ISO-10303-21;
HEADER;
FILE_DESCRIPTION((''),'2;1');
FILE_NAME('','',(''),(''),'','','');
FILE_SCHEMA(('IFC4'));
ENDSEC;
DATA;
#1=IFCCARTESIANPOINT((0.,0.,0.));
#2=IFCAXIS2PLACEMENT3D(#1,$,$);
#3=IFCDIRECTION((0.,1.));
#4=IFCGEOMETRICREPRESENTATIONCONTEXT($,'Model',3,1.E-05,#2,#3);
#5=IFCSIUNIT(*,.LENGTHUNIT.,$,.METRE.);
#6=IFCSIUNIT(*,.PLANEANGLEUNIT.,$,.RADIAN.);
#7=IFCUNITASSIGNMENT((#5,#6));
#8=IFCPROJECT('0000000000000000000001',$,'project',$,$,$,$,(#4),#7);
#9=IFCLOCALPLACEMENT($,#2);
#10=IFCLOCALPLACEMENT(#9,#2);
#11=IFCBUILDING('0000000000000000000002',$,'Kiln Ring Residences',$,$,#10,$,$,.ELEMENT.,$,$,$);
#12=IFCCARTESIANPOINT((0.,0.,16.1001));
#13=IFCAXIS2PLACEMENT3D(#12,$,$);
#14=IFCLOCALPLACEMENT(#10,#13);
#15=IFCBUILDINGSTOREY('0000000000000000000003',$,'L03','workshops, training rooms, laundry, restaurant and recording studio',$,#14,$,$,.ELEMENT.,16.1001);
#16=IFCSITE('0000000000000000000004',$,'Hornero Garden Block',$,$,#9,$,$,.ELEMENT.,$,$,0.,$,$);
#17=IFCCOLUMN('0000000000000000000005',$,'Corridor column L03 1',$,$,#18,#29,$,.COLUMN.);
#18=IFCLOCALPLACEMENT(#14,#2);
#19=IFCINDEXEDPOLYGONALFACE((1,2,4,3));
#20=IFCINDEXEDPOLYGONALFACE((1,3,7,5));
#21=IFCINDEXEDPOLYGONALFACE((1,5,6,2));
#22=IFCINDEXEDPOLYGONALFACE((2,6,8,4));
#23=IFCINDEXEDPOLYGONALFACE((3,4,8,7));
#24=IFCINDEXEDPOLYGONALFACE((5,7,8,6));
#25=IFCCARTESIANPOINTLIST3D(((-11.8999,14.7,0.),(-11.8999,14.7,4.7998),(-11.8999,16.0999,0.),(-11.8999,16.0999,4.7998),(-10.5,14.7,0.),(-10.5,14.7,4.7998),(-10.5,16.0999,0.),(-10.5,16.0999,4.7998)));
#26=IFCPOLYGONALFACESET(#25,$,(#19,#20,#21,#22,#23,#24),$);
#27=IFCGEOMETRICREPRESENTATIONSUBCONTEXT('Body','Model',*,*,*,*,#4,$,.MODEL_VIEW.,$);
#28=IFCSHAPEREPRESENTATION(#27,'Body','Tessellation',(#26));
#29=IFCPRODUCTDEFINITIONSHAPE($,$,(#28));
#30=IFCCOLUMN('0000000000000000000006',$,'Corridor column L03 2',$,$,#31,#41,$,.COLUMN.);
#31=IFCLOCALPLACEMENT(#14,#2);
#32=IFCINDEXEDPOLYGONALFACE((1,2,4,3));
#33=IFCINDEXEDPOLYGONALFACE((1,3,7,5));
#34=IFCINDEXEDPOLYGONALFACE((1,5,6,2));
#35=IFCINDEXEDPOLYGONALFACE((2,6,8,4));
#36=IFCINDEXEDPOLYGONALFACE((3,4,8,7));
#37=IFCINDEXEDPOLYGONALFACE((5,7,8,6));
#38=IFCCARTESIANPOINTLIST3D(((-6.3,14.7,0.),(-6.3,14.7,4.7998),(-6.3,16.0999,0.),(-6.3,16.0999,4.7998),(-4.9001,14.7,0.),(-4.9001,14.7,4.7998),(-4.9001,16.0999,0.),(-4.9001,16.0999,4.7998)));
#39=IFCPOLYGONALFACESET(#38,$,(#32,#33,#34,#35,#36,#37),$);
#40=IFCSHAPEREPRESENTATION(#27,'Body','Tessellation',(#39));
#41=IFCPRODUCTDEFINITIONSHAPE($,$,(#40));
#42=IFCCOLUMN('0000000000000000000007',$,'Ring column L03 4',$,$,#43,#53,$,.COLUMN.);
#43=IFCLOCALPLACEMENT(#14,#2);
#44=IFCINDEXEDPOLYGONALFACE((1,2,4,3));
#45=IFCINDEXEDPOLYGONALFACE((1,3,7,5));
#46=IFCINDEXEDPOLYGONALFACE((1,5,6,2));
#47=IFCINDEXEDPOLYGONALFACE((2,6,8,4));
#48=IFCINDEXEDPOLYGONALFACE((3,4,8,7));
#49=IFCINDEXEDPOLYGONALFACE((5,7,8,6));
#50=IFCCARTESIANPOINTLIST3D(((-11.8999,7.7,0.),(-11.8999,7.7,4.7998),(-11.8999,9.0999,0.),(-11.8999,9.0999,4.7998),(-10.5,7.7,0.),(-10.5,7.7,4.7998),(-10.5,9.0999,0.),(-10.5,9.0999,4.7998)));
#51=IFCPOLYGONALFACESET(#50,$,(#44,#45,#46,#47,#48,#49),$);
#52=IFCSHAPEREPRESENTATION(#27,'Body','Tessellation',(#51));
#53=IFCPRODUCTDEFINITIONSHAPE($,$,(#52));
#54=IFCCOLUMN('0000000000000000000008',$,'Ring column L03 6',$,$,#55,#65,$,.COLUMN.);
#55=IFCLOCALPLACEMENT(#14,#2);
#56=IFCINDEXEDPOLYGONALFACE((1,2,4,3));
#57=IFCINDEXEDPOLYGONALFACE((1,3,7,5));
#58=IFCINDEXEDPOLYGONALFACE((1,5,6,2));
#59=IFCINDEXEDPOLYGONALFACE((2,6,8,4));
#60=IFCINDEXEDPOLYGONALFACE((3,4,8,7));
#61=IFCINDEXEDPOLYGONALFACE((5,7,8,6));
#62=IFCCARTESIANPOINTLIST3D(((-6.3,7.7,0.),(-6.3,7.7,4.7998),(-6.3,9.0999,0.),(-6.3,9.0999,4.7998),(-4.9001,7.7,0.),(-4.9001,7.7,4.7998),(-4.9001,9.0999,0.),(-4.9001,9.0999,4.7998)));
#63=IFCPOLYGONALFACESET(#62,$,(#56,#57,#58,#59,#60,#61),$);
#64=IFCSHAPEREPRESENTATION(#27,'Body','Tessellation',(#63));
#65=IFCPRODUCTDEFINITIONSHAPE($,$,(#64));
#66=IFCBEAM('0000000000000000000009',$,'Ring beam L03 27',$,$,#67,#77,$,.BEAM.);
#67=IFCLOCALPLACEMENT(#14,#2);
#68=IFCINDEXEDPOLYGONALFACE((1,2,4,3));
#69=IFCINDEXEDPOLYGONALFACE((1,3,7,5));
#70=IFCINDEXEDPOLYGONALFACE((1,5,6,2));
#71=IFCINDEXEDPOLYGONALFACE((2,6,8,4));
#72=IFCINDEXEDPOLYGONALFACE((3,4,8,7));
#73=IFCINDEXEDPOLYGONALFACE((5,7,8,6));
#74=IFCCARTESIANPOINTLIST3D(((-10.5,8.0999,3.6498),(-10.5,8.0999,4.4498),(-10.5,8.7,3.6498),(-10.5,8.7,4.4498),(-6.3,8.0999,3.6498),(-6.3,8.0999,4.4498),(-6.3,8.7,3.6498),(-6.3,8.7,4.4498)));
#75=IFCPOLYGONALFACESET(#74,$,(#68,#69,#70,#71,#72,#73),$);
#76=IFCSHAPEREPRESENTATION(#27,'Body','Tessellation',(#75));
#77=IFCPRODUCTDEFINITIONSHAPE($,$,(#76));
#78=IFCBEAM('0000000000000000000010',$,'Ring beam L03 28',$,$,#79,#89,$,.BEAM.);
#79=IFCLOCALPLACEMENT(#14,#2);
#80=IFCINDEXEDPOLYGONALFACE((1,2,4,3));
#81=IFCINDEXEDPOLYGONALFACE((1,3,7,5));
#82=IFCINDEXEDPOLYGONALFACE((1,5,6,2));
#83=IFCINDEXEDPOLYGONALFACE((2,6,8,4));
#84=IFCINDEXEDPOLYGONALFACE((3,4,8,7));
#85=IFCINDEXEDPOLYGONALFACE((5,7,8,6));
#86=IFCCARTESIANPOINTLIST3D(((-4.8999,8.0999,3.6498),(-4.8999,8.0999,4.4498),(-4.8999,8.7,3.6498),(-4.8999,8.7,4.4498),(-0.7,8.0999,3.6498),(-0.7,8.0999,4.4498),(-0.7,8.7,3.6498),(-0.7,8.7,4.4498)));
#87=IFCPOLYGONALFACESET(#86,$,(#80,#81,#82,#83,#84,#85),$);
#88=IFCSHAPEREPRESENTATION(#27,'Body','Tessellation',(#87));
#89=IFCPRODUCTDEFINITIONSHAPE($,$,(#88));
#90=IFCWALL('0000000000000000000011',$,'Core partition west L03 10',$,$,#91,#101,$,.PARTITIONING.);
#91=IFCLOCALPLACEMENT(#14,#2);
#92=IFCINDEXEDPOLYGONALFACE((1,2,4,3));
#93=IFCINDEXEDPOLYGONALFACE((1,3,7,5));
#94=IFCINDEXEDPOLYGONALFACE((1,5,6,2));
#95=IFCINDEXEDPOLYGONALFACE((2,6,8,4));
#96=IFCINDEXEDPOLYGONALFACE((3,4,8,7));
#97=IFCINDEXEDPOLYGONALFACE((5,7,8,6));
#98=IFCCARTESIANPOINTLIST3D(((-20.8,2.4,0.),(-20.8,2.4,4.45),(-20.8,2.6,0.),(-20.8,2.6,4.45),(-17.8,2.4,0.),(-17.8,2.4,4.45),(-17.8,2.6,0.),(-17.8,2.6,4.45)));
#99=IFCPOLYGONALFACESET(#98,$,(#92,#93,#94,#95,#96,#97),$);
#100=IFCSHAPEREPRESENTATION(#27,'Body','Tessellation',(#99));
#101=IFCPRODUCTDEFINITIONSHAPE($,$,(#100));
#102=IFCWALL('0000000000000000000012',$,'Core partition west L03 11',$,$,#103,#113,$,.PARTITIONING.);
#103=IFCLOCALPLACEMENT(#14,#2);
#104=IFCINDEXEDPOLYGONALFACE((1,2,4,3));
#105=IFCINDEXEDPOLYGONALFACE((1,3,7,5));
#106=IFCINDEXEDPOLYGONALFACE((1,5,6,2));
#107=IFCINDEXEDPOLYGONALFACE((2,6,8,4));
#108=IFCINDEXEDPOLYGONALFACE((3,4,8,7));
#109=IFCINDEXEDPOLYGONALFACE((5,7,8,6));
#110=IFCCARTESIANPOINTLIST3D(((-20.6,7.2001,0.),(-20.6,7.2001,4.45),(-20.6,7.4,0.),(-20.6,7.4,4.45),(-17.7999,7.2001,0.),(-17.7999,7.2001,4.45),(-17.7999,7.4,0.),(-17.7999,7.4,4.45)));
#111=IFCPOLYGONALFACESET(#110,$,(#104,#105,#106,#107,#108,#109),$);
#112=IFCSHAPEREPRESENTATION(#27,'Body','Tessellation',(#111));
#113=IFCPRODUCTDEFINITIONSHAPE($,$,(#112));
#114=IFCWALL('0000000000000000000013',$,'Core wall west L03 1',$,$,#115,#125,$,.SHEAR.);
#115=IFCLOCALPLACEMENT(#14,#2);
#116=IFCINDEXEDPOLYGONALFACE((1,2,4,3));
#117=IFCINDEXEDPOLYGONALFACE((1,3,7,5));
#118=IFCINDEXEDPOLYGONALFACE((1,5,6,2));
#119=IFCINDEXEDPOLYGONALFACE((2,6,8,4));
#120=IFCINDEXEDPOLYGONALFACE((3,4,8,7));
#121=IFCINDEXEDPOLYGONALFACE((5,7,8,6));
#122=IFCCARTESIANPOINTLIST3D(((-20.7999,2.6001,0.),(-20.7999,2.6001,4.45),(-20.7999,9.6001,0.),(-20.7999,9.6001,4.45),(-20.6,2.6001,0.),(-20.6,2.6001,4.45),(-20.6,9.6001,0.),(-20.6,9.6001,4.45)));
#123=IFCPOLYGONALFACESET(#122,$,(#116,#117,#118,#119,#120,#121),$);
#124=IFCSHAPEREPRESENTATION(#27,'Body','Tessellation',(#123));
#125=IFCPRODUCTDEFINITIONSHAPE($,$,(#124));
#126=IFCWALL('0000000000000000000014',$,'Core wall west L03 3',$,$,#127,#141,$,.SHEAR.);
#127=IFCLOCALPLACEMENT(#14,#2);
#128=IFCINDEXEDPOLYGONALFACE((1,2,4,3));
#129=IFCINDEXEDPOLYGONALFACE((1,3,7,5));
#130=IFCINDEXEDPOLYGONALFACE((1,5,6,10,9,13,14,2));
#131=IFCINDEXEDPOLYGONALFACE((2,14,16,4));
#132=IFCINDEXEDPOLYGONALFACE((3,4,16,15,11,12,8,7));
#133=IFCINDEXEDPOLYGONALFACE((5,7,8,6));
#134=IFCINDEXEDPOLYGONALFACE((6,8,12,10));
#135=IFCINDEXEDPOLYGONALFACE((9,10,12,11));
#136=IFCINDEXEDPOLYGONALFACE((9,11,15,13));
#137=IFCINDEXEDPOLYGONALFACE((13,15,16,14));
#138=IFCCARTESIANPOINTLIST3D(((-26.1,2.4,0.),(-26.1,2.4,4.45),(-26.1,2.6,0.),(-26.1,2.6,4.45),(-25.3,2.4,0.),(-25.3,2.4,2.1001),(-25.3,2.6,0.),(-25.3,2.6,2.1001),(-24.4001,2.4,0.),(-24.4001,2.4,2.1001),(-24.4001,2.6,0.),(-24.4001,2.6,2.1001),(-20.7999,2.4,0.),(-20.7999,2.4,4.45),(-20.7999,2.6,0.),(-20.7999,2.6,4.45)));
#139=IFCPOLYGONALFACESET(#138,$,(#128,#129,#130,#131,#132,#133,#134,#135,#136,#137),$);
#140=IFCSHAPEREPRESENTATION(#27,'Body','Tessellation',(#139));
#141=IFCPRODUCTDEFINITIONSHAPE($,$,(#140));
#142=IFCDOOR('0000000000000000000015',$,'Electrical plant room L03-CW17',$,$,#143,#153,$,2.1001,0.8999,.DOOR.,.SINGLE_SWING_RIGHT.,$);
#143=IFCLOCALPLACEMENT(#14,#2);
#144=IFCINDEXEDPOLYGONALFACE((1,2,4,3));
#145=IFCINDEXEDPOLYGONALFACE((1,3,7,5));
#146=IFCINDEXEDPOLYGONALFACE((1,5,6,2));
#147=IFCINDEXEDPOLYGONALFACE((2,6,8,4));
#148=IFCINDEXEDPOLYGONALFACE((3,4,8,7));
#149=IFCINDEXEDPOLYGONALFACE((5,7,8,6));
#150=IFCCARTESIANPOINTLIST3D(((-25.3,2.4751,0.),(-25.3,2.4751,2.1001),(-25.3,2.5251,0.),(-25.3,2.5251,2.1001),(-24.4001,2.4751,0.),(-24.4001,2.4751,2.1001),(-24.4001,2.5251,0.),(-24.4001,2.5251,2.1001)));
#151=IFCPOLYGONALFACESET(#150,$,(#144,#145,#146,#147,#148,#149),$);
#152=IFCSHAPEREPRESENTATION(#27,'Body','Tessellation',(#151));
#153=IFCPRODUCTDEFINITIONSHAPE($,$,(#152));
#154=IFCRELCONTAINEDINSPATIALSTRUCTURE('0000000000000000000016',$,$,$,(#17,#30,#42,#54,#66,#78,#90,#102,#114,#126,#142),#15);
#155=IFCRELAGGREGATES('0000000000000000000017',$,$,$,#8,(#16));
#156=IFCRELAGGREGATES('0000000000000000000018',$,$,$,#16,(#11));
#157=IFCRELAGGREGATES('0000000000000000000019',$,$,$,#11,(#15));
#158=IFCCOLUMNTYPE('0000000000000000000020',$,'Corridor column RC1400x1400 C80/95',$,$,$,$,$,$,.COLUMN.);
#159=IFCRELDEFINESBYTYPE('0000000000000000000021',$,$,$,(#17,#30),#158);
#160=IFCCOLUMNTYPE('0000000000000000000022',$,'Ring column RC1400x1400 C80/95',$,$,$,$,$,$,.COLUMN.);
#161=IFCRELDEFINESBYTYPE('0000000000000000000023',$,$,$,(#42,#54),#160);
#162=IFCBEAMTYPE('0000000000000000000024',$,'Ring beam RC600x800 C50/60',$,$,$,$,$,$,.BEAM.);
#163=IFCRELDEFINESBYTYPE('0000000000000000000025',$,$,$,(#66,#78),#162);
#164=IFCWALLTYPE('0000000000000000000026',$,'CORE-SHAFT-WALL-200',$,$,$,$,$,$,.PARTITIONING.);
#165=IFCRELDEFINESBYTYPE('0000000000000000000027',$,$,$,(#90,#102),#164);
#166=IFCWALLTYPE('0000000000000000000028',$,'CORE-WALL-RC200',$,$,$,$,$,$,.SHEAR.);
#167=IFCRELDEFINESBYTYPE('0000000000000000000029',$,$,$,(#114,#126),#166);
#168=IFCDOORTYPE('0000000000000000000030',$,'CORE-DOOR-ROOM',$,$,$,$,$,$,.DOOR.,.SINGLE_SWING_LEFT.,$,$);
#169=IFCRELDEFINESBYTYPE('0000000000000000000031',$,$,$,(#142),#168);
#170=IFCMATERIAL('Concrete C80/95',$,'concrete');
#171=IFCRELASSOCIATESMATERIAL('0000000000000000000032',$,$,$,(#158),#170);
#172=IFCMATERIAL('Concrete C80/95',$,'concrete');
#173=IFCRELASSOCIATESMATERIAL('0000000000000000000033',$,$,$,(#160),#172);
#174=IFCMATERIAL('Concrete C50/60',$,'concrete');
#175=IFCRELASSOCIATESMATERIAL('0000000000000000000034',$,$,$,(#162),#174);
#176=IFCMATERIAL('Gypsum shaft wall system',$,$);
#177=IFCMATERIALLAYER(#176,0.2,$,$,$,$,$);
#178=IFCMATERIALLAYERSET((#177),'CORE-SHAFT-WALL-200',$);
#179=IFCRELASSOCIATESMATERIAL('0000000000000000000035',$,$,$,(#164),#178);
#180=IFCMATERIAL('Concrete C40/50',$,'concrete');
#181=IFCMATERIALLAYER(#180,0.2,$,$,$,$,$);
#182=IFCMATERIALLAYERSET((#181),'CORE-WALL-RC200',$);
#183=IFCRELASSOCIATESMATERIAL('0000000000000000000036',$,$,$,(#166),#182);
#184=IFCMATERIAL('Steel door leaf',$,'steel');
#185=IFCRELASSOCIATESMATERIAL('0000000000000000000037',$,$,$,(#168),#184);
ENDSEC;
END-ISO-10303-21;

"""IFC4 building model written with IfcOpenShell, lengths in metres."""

from ifc_helpers import new_model, si_unit, direction, frame, frame_2d, origin, origin_2d, place, context, subcontext, project, spatial, rectangle, extrude, material, layer, layer_set, material_profile, profile_set, type_object, element, fill, save


model = new_model("IFC4")

# Units and contexts
model_context = context("Model", 3, precision=1e-05, world=origin(), true_north=direction((0.0, 1.0)))
body_context = subcontext(model_context, "Body", "Model", "MODEL_VIEW")
ifc_project = project(units=[si_unit("LENGTHUNIT", "METRE"), si_unit("PLANEANGLEUNIT", "RADIAN")], contexts=[model_context])

# Site, building, storey
site_placement = place(None, origin())
site = spatial("IfcSite", under=ifc_project, at=site_placement, Name="Hornero Garden Block", CompositionType="ELEMENT", RefElevation=0.0)
building_placement = place(site_placement, origin())
building = spatial("IfcBuilding", under=site, at=building_placement, Name="Kiln Ring Residences", CompositionType="ELEMENT")
storey_placement = place(building_placement, frame((0.0, 0.0, 16.1001)))
storey = spatial("IfcBuildingStorey", under=building, at=storey_placement, Name="L03", Description="workshops, training rooms, laundry, restaurant and recording studio", CompositionType="ELEMENT", Elevation=16.1001)

# Columns
ifc_material_1 = material(Name="Concrete C80/95", Category="concrete")
ifc_material_profile_1 = material_profile(ifc_material_1, rectangle(XDim=1.3999, YDim=1.3999, at=origin_2d()), Name="RC1400x1400")
ifc_profile_set_1 = profile_set([ifc_material_profile_1], Name="Concrete C80/95")
column_type_1 = type_object("IfcColumnType", Name="Corridor column RC1400x1400 C80/95", PredefinedType="COLUMN", material=ifc_profile_set_1)
for number, where, z_axis, x_axis, name in (
    (1, (-11.2, 15.3999, 0.0), (0.0, 0.0, 1.0), (1.0, 0.0, 0.0), "Corridor column L03 1"),
    (2, (-5.6001, 15.3999, 0.0), (0.0, 0.0, 1.0), (1.0, 0.0, 0.0), "Corridor column L03 2"),
):
    element("IfcColumn", number, at=place(storey_placement, frame(where, z_axis=z_axis, x_axis=x_axis)), inside=storey, type_object=column_type_1, Name=name, PredefinedType="COLUMN", context=body_context, shape_type="SweptSolid", body=[
        extrude(rectangle(XDim=1.3999, YDim=1.3999, at=origin_2d()), origin(), (0.0, 0.0, 1.0), 4.7998),
    ])
ifc_material_2 = material(Name="Concrete C80/95", Category="concrete")
ifc_material_profile_2 = material_profile(ifc_material_2, rectangle(XDim=1.3999, YDim=1.3999, at=origin_2d()), Name="RC1400x1400")
ifc_profile_set_2 = profile_set([ifc_material_profile_2], Name="Concrete C80/95")
column_type_2 = type_object("IfcColumnType", Name="Ring column RC1400x1400 C80/95", PredefinedType="COLUMN", material=ifc_profile_set_2)
for number, where, z_axis, x_axis, name in (
    (3, (-11.2, 8.3999, 0.0), (0.0, 0.0, 1.0), (1.0, 0.0, 0.0), "Ring column L03 4"),
    (4, (-5.6001, 8.3999, 0.0), (0.0, 0.0, 1.0), (1.0, 0.0, 0.0), "Ring column L03 6"),
):
    element("IfcColumn", number, at=place(storey_placement, frame(where, z_axis=z_axis, x_axis=x_axis)), inside=storey, type_object=column_type_2, Name=name, PredefinedType="COLUMN", context=body_context, shape_type="SweptSolid", body=[
        extrude(rectangle(XDim=1.3999, YDim=1.3999, at=origin_2d()), origin(), (0.0, 0.0, 1.0), 4.7998),
    ])

# Beams
ifc_material_3 = material(Name="Concrete C50/60", Category="concrete")
ifc_material_profile_3 = material_profile(ifc_material_3, rectangle(XDim=0.6001, YDim=0.8, at=origin_2d()), Name="RC600x800")
ifc_profile_set_3 = profile_set([ifc_material_profile_3], Name="Concrete C50/60")
beam_type = type_object("IfcBeamType", Name="Ring beam RC600x800 C50/60", PredefinedType="BEAM", material=ifc_profile_set_3)
for number, where, z_axis, x_axis, name in (
    (5, (-10.5, 8.3999, 4.0498), (1.0, 0.0, 0.0), (0.0, 1.0, 0.0), "Ring beam L03 27"),
    (6, (-4.8999, 8.3999, 4.0498), (1.0, 0.0, 0.0), (0.0, 1.0, 0.0), "Ring beam L03 28"),
):
    element("IfcBeam", number, at=place(storey_placement, frame(where, z_axis=z_axis, x_axis=x_axis)), inside=storey, type_object=beam_type, Name=name, PredefinedType="BEAM", context=body_context, shape_type="SweptSolid", body=[
        extrude(rectangle(XDim=0.6001, YDim=0.8, at=origin_2d()), origin(), (0.0, 0.0, 1.0), 4.2),
    ])

# Walls
ifc_material_4 = material(Name="Gypsum shaft wall system")
ifc_layer_1 = layer(ifc_material_4, 0.2)
ifc_layer_set_1 = layer_set([ifc_layer_1], Name="CORE-SHAFT-WALL-200")
wall_type_1 = type_object("IfcWallType", Name="CORE-SHAFT-WALL-200", PredefinedType="PARTITIONING", material=ifc_layer_set_1)
wall_1_placement = place(storey_placement, frame((-17.8, 2.5, 0.0), z_axis=(0.0, 0.0, 1.0), x_axis=(-1.0, 0.0, 0.0)))
element("IfcWall", 7, at=wall_1_placement, inside=storey, type_object=wall_type_1, Name="Core partition west L03 10", PredefinedType="PARTITIONING", context=body_context, shape_type="SweptSolid", body=[
    extrude(rectangle(XDim=3.0, YDim=0.2, at=frame_2d((1.5, 0.0))), origin(), (0.0, 0.0, 1.0), 4.45),
])
wall_2_placement = place(storey_placement, frame((-17.8, 7.3, 0.0), z_axis=(0.0, 0.0, 1.0), x_axis=(-1.0, 0.0, 0.0)))
element("IfcWall", 8, at=wall_2_placement, inside=storey, type_object=wall_type_1, Name="Core partition west L03 11", PredefinedType="PARTITIONING", context=body_context, shape_type="SweptSolid", body=[
    extrude(rectangle(XDim=2.8, YDim=0.2, at=frame_2d((1.3999, 0.0))), origin(), (0.0, 0.0, 1.0), 4.45),
])
ifc_material_5 = material(Name="Concrete C40/50", Category="concrete")
ifc_layer_2 = layer(ifc_material_5, 0.2)
ifc_layer_set_2 = layer_set([ifc_layer_2], Name="CORE-WALL-RC200")
wall_type_2 = type_object("IfcWallType", Name="CORE-WALL-RC200", PredefinedType="SHEAR", material=ifc_layer_set_2)
wall_3_placement = place(storey_placement, frame((-20.7, 2.6001, 0.0), z_axis=(0.0, 0.0, 1.0), x_axis=(0.0, 1.0, 0.0)))
element("IfcWall", 9, at=wall_3_placement, inside=storey, type_object=wall_type_2, Name="Core wall west L03 1", PredefinedType="SHEAR", context=body_context, shape_type="SweptSolid", body=[
    extrude(rectangle(XDim=7.0, YDim=0.2, at=frame_2d((3.5, 0.0))), origin(), (0.0, 0.0, 1.0), 4.45),
])

# Wall, opening, door
wall_4_placement = place(storey_placement, frame((-20.8, 2.5, 0.0), z_axis=(0.0, 0.0, 1.0), x_axis=(-1.0, 0.0, 0.0)))
wall_4 = element("IfcWall", 10, at=wall_4_placement, inside=storey, type_object=wall_type_2, Name="Core wall west L03 3", PredefinedType="SHEAR", context=body_context, shape_type="SweptSolid", body=[
    extrude(rectangle(XDim=5.3, YDim=0.2, at=frame_2d((2.6499, 0.0))), origin(), (0.0, 0.0, 1.0), 4.45),
])
opening_1_placement = place(wall_4_placement, frame((3.6001, 0.0, 0.0)))
opening_1 = element("IfcOpeningElement", 11, at=opening_1_placement, cuts=wall_4, PredefinedType="OPENING", context=body_context, shape_type="SweptSolid", body=[
    extrude(rectangle(XDim=0.8999, YDim=2.1001, at=frame_2d((0.45, 1.05))), frame((0.0, 0.1099, 0.0), z_axis=(0.0, -1.0, 0.0), x_axis=(1.0, 0.0, 0.0)), (0.0, 0.0, 1.0), 0.22),
])
ifc_material_6 = material(Name="Steel door leaf", Category="steel")
door_type_1 = type_object("IfcDoorType", Name="CORE-DOOR-ROOM", OperationType="SINGLE_SWING_LEFT", PredefinedType="DOOR", material=ifc_material_6)
door_1_placement = place(opening_1_placement, origin())
door_1 = element("IfcDoor", 12, at=door_1_placement, inside=storey, type_object=door_type_1, Name="Electrical plant room L03-CW17", OperationType="SINGLE_SWING_RIGHT", OverallHeight=2.1001, OverallWidth=0.8999, PredefinedType="DOOR", context=body_context, shape_type="SweptSolid", body=[
    extrude(rectangle(XDim=0.8999, YDim=2.1001, at=frame_2d((0.45, 1.05))), frame((0.0, 0.0249, 0.0), z_axis=(0.0, -1.0, 0.0), x_axis=(1.0, 0.0, 0.0)), (0.0, 0.0, 1.0), 0.05),
])
fill(opening_1, door_1)

save(model, "model.ifc")
